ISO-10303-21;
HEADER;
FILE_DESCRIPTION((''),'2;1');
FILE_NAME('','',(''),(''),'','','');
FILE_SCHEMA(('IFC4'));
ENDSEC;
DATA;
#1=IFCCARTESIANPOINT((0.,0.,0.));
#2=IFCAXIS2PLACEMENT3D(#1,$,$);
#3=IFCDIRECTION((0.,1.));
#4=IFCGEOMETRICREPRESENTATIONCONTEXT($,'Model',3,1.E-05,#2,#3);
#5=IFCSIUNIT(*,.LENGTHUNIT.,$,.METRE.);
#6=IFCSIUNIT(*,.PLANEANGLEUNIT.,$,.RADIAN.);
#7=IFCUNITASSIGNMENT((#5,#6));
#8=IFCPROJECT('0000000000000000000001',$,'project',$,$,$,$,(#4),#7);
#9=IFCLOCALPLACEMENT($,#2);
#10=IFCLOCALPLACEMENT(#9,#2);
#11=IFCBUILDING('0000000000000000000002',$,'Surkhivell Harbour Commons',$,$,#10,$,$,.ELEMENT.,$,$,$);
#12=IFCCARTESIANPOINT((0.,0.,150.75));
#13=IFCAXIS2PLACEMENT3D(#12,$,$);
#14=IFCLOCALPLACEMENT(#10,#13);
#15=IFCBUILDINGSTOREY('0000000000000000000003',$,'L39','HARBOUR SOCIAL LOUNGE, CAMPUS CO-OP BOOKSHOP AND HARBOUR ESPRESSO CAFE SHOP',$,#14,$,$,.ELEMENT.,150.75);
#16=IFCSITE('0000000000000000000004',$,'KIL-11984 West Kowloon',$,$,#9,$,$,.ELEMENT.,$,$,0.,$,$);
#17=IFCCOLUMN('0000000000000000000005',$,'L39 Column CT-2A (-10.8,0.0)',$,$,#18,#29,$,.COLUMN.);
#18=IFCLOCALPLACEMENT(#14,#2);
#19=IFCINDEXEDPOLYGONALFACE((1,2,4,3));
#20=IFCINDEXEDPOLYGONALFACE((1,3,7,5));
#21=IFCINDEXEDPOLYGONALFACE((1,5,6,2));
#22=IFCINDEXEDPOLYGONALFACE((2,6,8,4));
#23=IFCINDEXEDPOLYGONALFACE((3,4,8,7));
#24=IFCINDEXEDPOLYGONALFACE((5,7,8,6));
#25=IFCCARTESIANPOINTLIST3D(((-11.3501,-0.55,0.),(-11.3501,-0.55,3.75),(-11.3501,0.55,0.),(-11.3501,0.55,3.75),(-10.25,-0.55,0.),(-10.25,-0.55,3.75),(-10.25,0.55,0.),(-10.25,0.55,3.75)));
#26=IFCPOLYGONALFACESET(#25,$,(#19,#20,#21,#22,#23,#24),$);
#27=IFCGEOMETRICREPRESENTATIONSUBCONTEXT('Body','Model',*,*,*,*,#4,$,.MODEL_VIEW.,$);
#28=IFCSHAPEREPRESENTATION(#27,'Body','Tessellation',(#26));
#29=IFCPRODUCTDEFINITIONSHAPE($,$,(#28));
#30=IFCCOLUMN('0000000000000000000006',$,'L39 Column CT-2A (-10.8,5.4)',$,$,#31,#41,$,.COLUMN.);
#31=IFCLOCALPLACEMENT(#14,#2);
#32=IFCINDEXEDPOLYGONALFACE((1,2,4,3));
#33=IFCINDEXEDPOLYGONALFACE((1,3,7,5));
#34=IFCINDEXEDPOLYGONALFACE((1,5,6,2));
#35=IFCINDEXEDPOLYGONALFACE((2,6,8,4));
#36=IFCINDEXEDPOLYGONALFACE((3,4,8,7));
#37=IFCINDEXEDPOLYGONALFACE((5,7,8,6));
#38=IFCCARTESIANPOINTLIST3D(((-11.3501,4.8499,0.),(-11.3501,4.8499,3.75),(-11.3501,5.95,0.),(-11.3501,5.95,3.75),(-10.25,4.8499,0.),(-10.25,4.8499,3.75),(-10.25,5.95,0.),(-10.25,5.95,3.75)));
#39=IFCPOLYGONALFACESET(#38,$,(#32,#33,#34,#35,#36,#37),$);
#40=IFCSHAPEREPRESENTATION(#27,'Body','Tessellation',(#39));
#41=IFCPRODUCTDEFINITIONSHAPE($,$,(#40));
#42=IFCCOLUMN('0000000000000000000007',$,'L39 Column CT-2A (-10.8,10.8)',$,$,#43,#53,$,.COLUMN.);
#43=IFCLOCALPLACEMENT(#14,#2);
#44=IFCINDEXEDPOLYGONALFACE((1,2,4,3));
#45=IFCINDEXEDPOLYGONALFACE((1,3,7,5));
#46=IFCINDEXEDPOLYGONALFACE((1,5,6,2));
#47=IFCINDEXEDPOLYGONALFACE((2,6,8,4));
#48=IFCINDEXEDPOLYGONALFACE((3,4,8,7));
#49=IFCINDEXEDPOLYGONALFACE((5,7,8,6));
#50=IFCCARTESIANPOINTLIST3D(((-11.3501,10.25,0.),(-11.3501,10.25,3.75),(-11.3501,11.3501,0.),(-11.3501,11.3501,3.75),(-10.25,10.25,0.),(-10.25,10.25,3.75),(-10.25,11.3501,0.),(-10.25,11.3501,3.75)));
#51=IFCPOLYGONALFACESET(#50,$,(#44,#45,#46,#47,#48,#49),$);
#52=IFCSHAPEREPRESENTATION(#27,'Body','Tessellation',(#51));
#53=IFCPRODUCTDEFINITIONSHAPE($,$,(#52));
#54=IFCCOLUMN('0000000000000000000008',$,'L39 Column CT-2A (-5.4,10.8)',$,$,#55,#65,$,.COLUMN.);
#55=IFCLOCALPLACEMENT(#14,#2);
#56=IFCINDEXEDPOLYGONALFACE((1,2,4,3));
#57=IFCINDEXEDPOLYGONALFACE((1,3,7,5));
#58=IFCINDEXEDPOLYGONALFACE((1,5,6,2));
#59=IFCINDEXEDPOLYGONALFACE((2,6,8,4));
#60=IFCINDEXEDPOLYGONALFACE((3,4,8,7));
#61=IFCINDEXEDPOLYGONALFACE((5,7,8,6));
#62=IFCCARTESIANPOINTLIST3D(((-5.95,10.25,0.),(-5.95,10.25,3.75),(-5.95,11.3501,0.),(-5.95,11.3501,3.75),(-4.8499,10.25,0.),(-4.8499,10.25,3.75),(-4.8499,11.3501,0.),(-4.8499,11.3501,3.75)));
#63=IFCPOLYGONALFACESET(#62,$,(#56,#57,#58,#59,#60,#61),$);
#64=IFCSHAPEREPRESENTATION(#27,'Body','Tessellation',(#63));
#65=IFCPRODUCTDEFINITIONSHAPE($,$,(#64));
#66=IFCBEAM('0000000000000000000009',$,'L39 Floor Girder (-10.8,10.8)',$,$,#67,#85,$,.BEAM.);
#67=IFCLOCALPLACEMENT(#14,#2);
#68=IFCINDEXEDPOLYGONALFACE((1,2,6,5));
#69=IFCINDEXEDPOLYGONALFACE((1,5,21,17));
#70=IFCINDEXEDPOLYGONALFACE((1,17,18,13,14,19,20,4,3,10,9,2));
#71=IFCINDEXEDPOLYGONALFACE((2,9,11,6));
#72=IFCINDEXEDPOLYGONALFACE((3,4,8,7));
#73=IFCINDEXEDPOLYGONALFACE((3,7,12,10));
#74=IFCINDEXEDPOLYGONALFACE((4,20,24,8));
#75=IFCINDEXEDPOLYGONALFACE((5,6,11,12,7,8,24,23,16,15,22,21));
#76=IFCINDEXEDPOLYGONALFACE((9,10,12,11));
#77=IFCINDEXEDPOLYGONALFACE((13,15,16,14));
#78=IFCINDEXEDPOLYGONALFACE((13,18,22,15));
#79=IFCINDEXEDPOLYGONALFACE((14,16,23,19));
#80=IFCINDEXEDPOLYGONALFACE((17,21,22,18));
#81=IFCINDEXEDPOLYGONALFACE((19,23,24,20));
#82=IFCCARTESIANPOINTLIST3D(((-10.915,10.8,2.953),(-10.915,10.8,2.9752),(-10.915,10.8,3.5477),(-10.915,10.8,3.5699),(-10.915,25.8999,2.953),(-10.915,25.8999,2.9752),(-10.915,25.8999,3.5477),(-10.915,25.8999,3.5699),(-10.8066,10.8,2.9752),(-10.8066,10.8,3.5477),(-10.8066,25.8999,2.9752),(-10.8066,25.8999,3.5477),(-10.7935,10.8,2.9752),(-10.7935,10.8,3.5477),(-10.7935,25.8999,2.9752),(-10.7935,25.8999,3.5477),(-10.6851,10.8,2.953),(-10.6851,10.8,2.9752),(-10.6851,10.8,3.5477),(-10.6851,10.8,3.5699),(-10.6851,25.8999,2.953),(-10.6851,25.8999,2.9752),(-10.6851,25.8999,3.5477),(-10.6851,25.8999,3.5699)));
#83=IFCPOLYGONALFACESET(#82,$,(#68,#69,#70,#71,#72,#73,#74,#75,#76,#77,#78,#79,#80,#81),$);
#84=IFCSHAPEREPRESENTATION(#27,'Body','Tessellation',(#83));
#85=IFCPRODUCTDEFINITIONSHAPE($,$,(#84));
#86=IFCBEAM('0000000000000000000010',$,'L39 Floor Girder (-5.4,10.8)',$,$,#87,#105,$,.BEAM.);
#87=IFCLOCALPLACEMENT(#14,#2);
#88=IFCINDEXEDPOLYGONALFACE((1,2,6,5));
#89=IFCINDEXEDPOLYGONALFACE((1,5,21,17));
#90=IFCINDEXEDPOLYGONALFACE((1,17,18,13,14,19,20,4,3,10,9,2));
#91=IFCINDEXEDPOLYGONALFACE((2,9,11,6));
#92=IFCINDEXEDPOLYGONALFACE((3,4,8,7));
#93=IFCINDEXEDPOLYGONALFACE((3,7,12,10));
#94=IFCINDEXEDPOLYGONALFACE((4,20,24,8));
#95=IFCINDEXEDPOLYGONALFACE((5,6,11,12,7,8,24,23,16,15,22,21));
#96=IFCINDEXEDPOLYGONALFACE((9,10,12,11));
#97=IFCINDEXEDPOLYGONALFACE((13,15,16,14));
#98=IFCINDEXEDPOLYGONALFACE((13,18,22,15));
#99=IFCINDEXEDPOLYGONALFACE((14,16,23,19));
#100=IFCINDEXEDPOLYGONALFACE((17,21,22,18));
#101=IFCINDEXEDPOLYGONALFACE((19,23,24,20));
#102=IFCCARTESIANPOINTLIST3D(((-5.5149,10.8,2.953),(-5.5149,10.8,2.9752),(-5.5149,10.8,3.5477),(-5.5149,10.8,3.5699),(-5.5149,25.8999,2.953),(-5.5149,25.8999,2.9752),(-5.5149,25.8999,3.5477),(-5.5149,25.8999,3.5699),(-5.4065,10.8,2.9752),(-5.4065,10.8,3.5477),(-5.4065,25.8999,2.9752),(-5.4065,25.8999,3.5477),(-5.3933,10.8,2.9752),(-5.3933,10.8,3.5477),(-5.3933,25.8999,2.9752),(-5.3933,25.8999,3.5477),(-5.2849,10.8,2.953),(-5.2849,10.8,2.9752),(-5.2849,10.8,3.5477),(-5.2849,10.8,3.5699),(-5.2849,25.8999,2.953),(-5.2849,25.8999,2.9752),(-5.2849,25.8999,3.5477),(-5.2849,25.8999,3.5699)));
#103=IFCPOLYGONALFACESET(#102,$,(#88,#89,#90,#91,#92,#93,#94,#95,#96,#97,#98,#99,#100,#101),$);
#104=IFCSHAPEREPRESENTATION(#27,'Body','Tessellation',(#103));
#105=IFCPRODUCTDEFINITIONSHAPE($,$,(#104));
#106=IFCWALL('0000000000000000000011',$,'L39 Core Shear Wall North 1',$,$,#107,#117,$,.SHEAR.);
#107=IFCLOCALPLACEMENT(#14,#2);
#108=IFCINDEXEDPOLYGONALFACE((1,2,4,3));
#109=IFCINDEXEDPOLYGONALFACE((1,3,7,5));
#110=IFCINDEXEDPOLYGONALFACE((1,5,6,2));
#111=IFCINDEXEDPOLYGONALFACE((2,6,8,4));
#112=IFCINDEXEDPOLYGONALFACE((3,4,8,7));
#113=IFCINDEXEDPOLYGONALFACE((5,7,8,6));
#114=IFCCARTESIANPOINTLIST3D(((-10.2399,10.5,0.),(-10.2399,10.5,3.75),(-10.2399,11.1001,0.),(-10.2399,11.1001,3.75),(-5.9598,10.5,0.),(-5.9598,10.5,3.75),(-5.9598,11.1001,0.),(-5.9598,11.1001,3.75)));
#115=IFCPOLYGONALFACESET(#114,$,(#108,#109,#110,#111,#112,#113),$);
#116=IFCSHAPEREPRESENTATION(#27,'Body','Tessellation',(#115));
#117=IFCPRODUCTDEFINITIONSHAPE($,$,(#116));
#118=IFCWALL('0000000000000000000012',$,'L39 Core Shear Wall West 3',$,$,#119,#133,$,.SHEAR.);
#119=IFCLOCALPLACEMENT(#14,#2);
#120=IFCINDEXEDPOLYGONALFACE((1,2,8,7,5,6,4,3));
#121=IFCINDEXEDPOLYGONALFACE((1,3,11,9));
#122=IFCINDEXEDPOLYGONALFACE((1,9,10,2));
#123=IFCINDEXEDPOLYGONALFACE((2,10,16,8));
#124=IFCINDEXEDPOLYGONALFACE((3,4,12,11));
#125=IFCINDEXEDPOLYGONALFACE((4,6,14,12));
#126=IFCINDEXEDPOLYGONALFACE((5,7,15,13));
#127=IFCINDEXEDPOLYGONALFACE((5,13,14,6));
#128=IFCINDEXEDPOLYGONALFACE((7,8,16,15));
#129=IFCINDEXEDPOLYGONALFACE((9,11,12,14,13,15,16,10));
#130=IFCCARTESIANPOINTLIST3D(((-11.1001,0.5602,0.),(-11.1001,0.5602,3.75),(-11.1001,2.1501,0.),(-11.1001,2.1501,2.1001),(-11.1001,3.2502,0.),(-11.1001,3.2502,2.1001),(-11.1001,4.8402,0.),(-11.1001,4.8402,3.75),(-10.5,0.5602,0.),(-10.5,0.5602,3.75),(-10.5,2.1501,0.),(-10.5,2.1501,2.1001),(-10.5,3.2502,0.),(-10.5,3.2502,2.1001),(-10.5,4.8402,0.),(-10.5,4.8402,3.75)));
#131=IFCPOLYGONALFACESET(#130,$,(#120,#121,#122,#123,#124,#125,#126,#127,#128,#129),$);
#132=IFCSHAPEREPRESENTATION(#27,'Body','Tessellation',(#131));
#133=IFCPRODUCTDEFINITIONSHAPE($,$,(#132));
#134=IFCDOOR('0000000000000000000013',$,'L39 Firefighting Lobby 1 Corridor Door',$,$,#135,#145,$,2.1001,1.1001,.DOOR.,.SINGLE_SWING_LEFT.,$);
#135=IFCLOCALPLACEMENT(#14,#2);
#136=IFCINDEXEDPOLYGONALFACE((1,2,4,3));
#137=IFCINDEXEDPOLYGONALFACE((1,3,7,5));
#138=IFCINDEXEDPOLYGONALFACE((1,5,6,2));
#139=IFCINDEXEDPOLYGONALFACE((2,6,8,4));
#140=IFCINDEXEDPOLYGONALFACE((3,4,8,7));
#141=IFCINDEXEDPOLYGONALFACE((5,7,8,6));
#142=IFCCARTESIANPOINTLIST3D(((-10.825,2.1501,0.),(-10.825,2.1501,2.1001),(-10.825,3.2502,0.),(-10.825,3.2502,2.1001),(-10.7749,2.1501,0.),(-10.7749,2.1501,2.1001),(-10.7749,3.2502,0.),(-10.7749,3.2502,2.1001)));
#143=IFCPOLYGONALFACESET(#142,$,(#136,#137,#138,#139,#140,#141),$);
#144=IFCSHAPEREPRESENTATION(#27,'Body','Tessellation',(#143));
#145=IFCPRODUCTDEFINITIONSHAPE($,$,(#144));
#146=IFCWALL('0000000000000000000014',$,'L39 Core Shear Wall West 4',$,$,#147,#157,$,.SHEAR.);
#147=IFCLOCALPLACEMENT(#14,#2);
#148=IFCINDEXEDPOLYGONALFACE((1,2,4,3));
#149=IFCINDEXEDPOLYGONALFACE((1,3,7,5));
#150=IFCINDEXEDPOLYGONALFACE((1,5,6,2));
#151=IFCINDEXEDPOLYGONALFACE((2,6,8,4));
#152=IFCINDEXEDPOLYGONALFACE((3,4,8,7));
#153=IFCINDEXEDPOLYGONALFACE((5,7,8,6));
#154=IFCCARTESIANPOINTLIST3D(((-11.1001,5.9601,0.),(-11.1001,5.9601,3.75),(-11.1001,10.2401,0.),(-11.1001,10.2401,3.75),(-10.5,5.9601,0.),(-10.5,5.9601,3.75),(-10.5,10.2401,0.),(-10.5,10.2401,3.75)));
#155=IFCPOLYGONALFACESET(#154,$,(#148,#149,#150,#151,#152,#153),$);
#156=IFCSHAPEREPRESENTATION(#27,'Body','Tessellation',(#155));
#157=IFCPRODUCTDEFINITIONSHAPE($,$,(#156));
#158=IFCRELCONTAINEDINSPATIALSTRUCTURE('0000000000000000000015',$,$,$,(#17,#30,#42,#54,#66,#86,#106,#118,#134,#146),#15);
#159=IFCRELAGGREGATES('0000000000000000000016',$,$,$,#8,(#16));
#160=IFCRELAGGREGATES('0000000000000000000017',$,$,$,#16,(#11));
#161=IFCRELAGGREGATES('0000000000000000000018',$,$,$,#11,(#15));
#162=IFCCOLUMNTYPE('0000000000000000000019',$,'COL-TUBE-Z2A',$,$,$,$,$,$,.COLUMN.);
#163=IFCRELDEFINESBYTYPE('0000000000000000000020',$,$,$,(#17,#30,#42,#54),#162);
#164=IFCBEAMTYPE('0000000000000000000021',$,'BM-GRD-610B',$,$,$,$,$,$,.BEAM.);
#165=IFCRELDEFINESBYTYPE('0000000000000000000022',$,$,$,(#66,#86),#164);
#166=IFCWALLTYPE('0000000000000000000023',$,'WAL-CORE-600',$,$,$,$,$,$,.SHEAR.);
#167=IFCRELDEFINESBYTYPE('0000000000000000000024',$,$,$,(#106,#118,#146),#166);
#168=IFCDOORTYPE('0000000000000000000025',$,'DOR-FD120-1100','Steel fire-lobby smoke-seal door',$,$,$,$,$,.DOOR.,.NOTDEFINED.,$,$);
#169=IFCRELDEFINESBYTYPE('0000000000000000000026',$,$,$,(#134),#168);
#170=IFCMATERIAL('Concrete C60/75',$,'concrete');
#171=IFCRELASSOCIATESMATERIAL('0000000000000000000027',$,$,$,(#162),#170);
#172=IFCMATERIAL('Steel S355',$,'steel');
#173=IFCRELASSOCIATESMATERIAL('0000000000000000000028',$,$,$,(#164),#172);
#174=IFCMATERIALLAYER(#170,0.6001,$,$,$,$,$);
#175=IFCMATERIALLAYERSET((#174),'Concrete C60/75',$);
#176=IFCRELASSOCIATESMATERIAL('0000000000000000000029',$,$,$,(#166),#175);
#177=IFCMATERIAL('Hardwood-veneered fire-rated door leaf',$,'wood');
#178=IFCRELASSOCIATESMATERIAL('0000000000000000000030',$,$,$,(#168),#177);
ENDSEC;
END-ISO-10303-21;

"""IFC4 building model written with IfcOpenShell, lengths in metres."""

from ifc_helpers import new_model, si_unit, direction, frame, frame_2d, origin, origin_2d, place, context, subcontext, project, spatial, rectangle, i_section, extrude, material, layer, layer_set, material_profile, profile_set, type_object, element, fill, save


model = new_model("IFC4")

# Units and contexts
model_context = context("Model", 3, precision=1e-05, world=origin(), true_north=direction((0.0, 1.0)))
body_context = subcontext(model_context, "Body", "Model", "MODEL_VIEW")
ifc_project = project(units=[si_unit("LENGTHUNIT", "METRE"), si_unit("PLANEANGLEUNIT", "RADIAN")], contexts=[model_context])

# Site, building, storey
site_placement = place(None, origin())
site = spatial("IfcSite", under=ifc_project, at=site_placement, Name="KIL-11984 West Kowloon", CompositionType="ELEMENT", RefElevation=0.0)
building_placement = place(site_placement, origin())
building = spatial("IfcBuilding", under=site, at=building_placement, Name="Surkhivell Harbour Commons", CompositionType="ELEMENT")
storey_placement = place(building_placement, frame((0.0, 0.0, 150.75)))
storey = spatial("IfcBuildingStorey", under=building, at=storey_placement, Name="L39", Description="HARBOUR SOCIAL LOUNGE, CAMPUS CO-OP BOOKSHOP AND HARBOUR ESPRESSO CAFE SHOP", CompositionType="ELEMENT", Elevation=150.75)

# Columns
ifc_material_1 = material(Name="Concrete C60/75", Category="concrete")
ifc_material_profile_1 = material_profile(ifc_material_1, rectangle(XDim=1.1001, YDim=1.1001, at=origin_2d()), Name="RC-COL-1100x1100")
ifc_profile_set_1 = profile_set([ifc_material_profile_1], Name="Concrete C60/75")
column_type = type_object("IfcColumnType", Name="COL-TUBE-Z2A", PredefinedType="COLUMN", material=ifc_profile_set_1)
for number, where, z_axis, x_axis, name in (
    (1, (-10.8, 0.0, 0.0), (0.0, 0.0, 1.0), (1.0, 0.0, 0.0), "L39 Column CT-2A (-10.8,0.0)"),
    (2, (-10.8, 5.3999, 0.0), (0.0, 0.0, 1.0), (1.0, 0.0, 0.0), "L39 Column CT-2A (-10.8,5.4)"),
    (3, (-10.8, 10.8, 0.0), (0.0, 0.0, 1.0), (1.0, 0.0, 0.0), "L39 Column CT-2A (-10.8,10.8)"),
    (4, (-5.3999, 10.8, 0.0), (0.0, 0.0, 1.0), (1.0, 0.0, 0.0), "L39 Column CT-2A (-5.4,10.8)"),
):
    element("IfcColumn", number, at=place(storey_placement, frame(where, z_axis=z_axis, x_axis=x_axis)), inside=storey, type_object=column_type, Name=name, PredefinedType="COLUMN", context=body_context, shape_type="SweptSolid", body=[
        extrude(rectangle(XDim=1.1001, YDim=1.1001, at=origin_2d()), origin(), (0.0, 0.0, 1.0), 3.75),
    ])

# Beams
ifc_material_2 = material(Name="Steel S355", Category="steel")
ifc_material_profile_2 = material_profile(ifc_material_2, i_section(OverallWidth=0.23, OverallDepth=0.6169, WebThickness=0.0132, FlangeThickness=0.0222, at=origin_2d()), Name="UB610x229x140")
ifc_profile_set_2 = profile_set([ifc_material_profile_2], Name="Steel S355")
beam_type = type_object("IfcBeamType", Name="BM-GRD-610B", PredefinedType="BEAM", material=ifc_profile_set_2)
for number, where, z_axis, x_axis, name in (
    (5, (-10.8, 10.8, 3.2615), (0.0, 1.0, 0.0), (-1.0, 0.0, 0.0), "L39 Floor Girder (-10.8,10.8)"),
    (6, (-5.3999, 10.8, 3.2615), (0.0, 1.0, 0.0), (-1.0, 0.0, 0.0), "L39 Floor Girder (-5.4,10.8)"),
):
    element("IfcBeam", number, at=place(storey_placement, frame(where, z_axis=z_axis, x_axis=x_axis)), inside=storey, type_object=beam_type, Name=name, PredefinedType="BEAM", context=body_context, shape_type="SweptSolid", body=[
        extrude(i_section(OverallWidth=0.23, OverallDepth=0.6169, WebThickness=0.0132, FlangeThickness=0.0222, at=origin_2d()), origin(), (0.0, 0.0, 1.0), 15.0999),
    ])

# Wall
ifc_layer_1 = layer(ifc_material_1, 0.6001)
ifc_layer_set_1 = layer_set([ifc_layer_1], Name="Concrete C60/75")
wall_type_1 = type_object("IfcWallType", Name="WAL-CORE-600", PredefinedType="SHEAR", material=ifc_layer_set_1)
wall_1_placement = place(storey_placement, frame((-10.24, 10.8, 0.0), z_axis=(0.0, 0.0, 1.0), x_axis=(1.0, 0.0, 0.0)))
element("IfcWall", 7, at=wall_1_placement, inside=storey, type_object=wall_type_1, Name="L39 Core Shear Wall North 1", PredefinedType="SHEAR", context=body_context, shape_type="SweptSolid", body=[
    extrude(rectangle(XDim=4.28, YDim=0.6001, at=frame_2d((2.1401, 0.0))), origin(), (0.0, 0.0, 1.0), 3.75),
])

# Wall, opening, door
wall_2_placement = place(storey_placement, frame((-10.8, 0.5601, 0.0), z_axis=(0.0, 0.0, 1.0), x_axis=(0.0, 1.0, 0.0)))
wall_2 = element("IfcWall", 8, at=wall_2_placement, inside=storey, type_object=wall_type_1, Name="L39 Core Shear Wall West 3", PredefinedType="SHEAR", context=body_context, shape_type="SweptSolid", body=[
    extrude(rectangle(XDim=4.28, YDim=0.6001, at=frame_2d((2.1401, 0.0))), origin(), (0.0, 0.0, 1.0), 3.75),
])
opening_1_placement = place(wall_2_placement, frame((1.5901, 0.0, 0.0)))
opening_1 = element("IfcOpeningElement", 9, at=opening_1_placement, cuts=wall_2, PredefinedType="OPENING", context=body_context, shape_type="SweptSolid", body=[
    extrude(rectangle(XDim=1.1001, YDim=2.1001, at=frame_2d((0.55, 1.05))), frame((0.0, 0.3101, 0.0), z_axis=(0.0, -1.0, 0.0), x_axis=(1.0, 0.0, 0.0)), (0.0, 0.0, 1.0), 0.6201),
])
ifc_material_3 = material(Name="Hardwood-veneered fire-rated door leaf", Category="wood")
door_type_1 = type_object("IfcDoorType", Name="DOR-FD120-1100", Description="Steel fire-lobby smoke-seal door", OperationType="NOTDEFINED", PredefinedType="DOOR", material=ifc_material_3)
door_1_placement = place(opening_1_placement, origin())
door_1 = element("IfcDoor", 10, at=door_1_placement, inside=storey, type_object=door_type_1, Name="L39 Firefighting Lobby 1 Corridor Door", OperationType="SINGLE_SWING_LEFT", OverallHeight=2.1001, OverallWidth=1.1001, PredefinedType="DOOR", context=body_context, shape_type="SweptSolid", body=[
    extrude(rectangle(XDim=1.1001, YDim=2.1001, at=frame_2d((0.55, 1.05))), frame((0.0, 0.0249, 0.0), z_axis=(0.0, -1.0, 0.0), x_axis=(1.0, 0.0, 0.0)), (0.0, 0.0, 1.0), 0.05),
])
fill(opening_1, door_1)

# Wall
wall_3_placement = place(storey_placement, frame((-10.8, 5.96, 0.0), z_axis=(0.0, 0.0, 1.0), x_axis=(0.0, 1.0, 0.0)))
element("IfcWall", 11, at=wall_3_placement, inside=storey, type_object=wall_type_1, Name="L39 Core Shear Wall West 4", PredefinedType="SHEAR", context=body_context, shape_type="SweptSolid", body=[
    extrude(rectangle(XDim=4.28, YDim=0.6001, at=frame_2d((2.1401, 0.0))), origin(), (0.0, 0.0, 1.0), 3.75),
])

save(model, "model.ifc")
